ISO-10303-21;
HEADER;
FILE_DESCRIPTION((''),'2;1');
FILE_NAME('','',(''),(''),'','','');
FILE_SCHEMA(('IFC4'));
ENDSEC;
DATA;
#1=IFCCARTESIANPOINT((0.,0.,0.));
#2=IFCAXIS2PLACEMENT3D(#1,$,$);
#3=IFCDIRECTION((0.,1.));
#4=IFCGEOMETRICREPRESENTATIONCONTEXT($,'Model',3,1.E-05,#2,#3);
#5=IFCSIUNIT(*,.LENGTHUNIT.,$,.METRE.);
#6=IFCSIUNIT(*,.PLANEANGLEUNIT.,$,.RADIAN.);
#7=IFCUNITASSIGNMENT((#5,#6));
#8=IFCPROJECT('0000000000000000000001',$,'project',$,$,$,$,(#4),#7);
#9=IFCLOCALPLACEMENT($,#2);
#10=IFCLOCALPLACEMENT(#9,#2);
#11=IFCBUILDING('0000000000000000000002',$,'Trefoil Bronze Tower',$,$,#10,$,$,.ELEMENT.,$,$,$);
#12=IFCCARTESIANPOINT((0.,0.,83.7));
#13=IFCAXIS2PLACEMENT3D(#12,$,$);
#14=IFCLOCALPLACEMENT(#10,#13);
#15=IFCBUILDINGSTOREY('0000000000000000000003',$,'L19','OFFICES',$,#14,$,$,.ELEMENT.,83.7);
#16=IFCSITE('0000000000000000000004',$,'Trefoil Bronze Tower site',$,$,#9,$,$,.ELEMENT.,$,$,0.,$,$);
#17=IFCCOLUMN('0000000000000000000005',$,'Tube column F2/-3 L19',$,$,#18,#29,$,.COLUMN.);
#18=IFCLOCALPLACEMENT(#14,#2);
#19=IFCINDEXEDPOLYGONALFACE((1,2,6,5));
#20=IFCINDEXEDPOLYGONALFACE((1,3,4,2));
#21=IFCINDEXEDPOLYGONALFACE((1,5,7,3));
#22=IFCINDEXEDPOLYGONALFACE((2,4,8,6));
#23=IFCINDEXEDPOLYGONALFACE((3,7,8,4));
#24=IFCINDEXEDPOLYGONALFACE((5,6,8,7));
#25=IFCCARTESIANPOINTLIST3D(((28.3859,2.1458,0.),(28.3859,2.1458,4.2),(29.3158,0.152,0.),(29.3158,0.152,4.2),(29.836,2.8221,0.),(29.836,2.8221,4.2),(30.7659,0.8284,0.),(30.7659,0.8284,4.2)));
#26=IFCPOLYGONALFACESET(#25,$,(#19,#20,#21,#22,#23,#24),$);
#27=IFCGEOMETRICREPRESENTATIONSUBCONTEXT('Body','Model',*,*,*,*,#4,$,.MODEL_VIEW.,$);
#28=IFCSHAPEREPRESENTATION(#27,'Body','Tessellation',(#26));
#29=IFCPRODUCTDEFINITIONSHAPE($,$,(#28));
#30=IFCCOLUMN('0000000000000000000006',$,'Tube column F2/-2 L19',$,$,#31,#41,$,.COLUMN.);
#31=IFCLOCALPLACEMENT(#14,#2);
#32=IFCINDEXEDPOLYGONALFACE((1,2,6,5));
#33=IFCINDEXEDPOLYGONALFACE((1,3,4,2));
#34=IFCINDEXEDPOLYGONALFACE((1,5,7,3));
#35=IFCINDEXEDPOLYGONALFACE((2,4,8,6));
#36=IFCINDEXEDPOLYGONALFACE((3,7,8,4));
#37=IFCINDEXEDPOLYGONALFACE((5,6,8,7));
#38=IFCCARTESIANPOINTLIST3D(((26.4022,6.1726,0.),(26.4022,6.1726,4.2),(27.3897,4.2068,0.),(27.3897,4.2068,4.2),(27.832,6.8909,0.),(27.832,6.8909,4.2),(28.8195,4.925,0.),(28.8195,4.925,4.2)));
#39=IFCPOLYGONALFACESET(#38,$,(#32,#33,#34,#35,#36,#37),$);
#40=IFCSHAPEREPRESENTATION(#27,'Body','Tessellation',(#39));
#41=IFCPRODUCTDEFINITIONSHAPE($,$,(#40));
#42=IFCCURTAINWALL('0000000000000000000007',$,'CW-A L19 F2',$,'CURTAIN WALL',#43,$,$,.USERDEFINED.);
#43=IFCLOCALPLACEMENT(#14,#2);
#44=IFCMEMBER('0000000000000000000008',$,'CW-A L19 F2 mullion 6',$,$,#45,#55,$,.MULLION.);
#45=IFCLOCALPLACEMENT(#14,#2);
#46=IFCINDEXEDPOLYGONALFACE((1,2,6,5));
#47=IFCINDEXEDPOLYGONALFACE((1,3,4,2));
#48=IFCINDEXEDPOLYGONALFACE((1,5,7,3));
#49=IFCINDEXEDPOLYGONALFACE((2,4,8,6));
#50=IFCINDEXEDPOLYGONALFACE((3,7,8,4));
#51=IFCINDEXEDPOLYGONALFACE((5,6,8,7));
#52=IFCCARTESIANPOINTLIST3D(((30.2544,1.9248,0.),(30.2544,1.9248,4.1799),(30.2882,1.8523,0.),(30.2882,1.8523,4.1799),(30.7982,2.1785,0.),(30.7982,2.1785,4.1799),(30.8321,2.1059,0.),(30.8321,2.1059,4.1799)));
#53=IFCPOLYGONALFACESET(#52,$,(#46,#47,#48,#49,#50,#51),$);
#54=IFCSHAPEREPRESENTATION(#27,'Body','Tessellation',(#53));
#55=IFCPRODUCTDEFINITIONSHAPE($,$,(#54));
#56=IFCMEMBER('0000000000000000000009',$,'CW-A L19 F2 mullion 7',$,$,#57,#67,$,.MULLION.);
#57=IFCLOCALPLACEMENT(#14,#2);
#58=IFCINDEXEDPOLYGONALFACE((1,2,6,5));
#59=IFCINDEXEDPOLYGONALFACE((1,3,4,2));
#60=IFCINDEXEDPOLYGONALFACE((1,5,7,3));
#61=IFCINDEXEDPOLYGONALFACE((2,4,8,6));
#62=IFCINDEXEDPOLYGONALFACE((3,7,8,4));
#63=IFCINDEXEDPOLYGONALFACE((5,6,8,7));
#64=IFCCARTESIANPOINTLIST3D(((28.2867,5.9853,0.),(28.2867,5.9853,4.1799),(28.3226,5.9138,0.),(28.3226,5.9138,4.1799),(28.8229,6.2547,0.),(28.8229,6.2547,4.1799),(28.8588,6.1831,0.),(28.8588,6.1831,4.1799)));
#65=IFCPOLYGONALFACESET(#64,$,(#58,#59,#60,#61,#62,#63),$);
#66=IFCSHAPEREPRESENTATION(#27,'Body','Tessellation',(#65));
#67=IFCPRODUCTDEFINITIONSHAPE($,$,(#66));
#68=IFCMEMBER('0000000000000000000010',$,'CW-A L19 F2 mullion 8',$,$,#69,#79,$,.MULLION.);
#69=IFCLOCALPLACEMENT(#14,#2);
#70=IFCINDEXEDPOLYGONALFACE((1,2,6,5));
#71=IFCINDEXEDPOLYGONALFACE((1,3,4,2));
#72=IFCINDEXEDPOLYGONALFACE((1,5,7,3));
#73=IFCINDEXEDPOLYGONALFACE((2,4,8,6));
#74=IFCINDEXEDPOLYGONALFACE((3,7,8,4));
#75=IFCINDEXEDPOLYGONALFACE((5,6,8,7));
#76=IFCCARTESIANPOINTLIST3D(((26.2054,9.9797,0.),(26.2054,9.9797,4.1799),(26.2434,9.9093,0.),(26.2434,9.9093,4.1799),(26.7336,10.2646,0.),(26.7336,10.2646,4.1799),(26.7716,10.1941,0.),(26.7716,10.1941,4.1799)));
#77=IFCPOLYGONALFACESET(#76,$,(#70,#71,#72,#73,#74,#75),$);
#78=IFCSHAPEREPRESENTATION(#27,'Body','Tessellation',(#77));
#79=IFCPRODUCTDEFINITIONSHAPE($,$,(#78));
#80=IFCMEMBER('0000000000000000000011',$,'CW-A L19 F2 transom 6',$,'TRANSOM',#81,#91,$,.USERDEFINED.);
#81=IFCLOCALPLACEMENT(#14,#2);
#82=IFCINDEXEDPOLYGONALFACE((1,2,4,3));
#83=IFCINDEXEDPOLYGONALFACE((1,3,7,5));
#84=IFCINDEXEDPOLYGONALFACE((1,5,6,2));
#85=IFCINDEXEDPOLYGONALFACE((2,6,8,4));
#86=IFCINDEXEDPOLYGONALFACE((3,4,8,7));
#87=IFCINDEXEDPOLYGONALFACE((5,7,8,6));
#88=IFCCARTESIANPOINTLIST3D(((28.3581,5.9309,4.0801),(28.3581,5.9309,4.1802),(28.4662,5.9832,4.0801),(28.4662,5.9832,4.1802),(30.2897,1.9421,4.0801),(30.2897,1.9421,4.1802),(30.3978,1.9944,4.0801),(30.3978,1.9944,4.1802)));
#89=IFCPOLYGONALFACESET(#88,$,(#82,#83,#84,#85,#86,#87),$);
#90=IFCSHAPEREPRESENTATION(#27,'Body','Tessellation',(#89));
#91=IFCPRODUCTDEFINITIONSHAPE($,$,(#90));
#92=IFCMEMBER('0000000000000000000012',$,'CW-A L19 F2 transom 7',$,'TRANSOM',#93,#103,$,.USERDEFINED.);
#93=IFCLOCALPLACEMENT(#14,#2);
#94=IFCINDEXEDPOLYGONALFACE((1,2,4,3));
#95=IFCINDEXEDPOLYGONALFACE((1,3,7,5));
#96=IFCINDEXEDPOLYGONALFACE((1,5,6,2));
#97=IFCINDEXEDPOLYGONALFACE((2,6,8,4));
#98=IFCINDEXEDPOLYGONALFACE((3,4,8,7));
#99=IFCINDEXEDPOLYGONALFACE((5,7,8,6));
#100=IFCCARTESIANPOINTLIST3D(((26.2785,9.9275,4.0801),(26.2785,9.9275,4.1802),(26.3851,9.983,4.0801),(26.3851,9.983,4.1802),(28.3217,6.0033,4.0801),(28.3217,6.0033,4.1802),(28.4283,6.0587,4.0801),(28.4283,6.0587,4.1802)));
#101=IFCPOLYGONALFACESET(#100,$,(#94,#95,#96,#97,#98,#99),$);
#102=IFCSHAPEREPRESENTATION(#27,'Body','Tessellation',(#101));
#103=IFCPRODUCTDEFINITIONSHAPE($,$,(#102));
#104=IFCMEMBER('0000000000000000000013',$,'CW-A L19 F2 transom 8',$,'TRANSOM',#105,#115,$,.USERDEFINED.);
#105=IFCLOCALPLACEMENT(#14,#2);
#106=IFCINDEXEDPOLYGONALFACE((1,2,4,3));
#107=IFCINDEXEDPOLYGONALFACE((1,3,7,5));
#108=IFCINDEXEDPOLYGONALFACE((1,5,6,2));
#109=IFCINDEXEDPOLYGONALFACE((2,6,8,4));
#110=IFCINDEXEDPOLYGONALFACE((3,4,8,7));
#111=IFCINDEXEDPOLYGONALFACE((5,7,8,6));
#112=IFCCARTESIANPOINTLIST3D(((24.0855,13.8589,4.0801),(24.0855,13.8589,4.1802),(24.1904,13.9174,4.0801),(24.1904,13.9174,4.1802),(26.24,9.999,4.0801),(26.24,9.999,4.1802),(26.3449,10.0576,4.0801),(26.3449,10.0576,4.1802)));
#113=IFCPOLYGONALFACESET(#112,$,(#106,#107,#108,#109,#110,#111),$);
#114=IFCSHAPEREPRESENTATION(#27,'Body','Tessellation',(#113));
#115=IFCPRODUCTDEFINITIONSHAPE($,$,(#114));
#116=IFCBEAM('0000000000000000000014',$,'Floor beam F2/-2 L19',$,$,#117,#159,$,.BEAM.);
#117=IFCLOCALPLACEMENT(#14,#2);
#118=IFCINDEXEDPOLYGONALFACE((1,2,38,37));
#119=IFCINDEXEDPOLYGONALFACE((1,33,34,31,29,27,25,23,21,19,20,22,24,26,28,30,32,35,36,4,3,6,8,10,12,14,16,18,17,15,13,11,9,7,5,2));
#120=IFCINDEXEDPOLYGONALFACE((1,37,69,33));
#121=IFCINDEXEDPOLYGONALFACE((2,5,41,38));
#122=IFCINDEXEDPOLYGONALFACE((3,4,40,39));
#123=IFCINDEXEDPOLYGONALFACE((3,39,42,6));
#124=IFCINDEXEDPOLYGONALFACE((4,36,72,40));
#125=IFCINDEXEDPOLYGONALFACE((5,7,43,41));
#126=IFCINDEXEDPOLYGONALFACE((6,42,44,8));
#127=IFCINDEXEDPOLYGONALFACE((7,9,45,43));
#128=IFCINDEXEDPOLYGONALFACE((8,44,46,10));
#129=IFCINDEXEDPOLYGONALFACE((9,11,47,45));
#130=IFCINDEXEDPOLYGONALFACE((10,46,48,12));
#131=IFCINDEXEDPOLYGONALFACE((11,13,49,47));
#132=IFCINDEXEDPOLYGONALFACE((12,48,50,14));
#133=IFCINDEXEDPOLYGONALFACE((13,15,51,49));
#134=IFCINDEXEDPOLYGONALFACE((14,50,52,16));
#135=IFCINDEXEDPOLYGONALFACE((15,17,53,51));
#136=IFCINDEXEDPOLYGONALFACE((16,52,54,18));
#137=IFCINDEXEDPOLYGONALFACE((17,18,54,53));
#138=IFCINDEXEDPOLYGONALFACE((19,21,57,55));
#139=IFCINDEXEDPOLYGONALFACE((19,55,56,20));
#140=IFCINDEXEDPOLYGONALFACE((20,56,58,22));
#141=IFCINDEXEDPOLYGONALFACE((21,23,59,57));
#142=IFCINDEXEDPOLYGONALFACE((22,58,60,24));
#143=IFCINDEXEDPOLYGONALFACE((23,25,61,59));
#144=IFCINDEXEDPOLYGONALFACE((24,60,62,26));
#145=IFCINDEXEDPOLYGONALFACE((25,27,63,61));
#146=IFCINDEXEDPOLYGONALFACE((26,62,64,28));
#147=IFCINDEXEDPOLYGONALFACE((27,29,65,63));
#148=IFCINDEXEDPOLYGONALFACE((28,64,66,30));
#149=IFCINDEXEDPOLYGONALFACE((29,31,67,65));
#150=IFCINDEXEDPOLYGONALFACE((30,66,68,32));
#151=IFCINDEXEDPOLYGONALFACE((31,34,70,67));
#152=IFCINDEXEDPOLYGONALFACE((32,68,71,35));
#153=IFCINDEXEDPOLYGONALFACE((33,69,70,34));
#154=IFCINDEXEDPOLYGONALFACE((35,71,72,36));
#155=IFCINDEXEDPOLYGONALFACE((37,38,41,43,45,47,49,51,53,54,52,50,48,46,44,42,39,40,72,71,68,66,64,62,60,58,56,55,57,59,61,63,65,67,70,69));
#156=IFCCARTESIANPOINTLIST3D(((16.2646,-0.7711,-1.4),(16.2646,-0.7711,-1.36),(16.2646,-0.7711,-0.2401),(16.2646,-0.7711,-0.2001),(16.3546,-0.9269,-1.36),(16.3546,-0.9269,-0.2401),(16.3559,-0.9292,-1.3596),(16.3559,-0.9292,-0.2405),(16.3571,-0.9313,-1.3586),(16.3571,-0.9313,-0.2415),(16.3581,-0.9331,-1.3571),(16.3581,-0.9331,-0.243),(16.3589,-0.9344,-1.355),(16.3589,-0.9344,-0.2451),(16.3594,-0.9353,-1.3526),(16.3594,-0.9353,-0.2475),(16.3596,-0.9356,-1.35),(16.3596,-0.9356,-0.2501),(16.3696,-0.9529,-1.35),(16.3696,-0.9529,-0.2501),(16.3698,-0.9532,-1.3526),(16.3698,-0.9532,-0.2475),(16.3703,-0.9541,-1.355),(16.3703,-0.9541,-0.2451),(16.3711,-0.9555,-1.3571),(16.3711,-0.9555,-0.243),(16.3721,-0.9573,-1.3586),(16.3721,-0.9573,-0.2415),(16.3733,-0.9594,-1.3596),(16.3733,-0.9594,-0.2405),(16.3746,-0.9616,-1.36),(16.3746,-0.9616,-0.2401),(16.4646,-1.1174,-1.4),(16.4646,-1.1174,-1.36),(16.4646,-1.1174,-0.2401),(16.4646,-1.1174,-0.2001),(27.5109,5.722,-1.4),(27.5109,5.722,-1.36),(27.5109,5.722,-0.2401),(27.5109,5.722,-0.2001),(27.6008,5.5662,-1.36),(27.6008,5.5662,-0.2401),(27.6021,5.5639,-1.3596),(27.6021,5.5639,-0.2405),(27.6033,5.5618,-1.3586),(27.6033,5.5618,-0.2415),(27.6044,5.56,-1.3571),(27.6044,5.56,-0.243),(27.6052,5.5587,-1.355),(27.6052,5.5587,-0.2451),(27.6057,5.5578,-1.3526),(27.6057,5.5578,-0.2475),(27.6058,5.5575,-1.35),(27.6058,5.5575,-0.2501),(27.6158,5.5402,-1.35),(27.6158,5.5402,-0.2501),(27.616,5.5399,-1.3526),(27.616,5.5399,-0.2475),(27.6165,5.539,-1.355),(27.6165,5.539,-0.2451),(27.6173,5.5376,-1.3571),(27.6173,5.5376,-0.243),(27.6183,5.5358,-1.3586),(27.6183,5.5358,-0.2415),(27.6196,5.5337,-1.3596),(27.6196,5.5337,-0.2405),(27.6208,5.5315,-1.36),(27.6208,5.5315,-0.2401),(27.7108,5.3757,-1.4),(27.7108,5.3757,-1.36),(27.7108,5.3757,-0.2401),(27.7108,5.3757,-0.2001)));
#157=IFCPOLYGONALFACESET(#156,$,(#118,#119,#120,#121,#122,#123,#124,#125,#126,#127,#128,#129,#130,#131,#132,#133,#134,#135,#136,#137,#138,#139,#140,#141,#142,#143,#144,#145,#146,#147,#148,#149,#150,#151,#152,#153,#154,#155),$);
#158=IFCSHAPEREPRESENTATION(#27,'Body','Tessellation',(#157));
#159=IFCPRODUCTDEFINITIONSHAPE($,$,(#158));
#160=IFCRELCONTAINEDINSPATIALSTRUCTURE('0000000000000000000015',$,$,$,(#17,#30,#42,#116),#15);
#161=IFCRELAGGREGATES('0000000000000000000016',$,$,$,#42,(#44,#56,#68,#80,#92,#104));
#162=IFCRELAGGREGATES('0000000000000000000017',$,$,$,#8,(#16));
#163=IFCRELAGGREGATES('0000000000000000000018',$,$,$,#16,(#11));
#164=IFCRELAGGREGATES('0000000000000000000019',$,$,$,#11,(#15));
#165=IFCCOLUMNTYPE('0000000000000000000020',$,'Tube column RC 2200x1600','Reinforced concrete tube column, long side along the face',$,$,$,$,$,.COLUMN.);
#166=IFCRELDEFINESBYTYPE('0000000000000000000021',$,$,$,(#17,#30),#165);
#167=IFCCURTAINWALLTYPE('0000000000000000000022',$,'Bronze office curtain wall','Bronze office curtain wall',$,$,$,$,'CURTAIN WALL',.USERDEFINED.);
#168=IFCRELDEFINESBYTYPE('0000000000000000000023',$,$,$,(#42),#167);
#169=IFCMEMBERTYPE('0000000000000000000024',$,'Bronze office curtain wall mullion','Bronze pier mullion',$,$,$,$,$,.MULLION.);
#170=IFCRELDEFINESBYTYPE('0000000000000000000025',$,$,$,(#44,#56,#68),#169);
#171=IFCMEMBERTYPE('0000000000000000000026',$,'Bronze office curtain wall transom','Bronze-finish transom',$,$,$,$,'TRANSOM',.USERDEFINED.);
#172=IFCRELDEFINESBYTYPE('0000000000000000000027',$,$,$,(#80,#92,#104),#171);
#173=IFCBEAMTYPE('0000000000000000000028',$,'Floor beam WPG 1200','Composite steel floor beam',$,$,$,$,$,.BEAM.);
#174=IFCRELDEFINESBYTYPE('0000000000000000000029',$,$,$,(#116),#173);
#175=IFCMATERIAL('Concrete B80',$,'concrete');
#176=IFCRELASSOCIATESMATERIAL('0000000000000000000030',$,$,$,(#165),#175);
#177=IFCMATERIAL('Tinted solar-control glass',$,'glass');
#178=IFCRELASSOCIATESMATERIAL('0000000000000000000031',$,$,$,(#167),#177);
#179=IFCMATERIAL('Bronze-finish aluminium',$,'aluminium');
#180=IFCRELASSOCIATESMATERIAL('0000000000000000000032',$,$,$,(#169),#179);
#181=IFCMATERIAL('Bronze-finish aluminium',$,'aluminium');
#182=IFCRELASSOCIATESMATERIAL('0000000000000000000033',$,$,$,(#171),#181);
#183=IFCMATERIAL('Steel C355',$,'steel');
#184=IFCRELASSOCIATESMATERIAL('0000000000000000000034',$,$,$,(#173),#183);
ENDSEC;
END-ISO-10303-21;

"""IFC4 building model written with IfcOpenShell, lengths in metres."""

from ifc_helpers import new_model, si_unit, direction, frame, origin, origin_2d, place, context, subcontext, project, spatial, rectangle, i_section, extrude, material, material_profile, profile_set, type_object, element, aggregate, save


model = new_model("IFC4")

# Units and contexts
model_context = context("Model", 3, precision=1e-05, world=origin(), true_north=direction((0.0, 1.0)))
body_context = subcontext(model_context, "Body", "Model", "MODEL_VIEW")
ifc_project = project(units=[si_unit("LENGTHUNIT", "METRE"), si_unit("PLANEANGLEUNIT", "RADIAN")], contexts=[model_context])

# Site, building, storey
site_placement = place(None, origin())
site = spatial("IfcSite", under=ifc_project, at=site_placement, Name="Trefoil Bronze Tower site", CompositionType="ELEMENT", RefElevation=0.0)
building_placement = place(site_placement, origin())
building = spatial("IfcBuilding", under=site, at=building_placement, Name="Trefoil Bronze Tower", CompositionType="ELEMENT")
storey_placement = place(building_placement, frame((0.0, 0.0, 83.7)))
storey = spatial("IfcBuildingStorey", under=building, at=storey_placement, Name="L19", Description="OFFICES", CompositionType="ELEMENT", Elevation=83.7)

# Columns
ifc_material_1 = material(Name="Concrete B80", Category="concrete")
ifc_material_profile_1 = material_profile(ifc_material_1, rectangle(XDim=2.2, YDim=1.6001, at=origin_2d()), Name="RC 2200x1600")
ifc_profile_set_1 = profile_set([ifc_material_profile_1], Name="Concrete B80")
column_type = type_object("IfcColumnType", Name="Tube column RC 2200x1600", Description="Reinforced concrete tube column, long side along the face", PredefinedType="COLUMN", material=ifc_profile_set_1)
for number, where, z_axis, x_axis, name in (
    (1, (29.5759, 1.4871, 0.0), (0.0, 0.0, 1.0), (-0.422701, 0.906269, 0.0), "Tube column F2/-3 L19"),
    (2, (27.6108, 5.5488, 0.0), (0.0, 0.0, 1.0), (-0.44889, 0.893587, 0.0), "Tube column F2/-2 L19"),
):
    element("IfcColumn", number, at=place(storey_placement, frame(where, z_axis=z_axis, x_axis=x_axis)), inside=storey, type_object=column_type, Name=name, PredefinedType="COLUMN", context=body_context, shape_type="SweptSolid", body=[
        extrude(rectangle(XDim=2.2, YDim=1.6001, at=origin_2d()), origin(), (0.0, 0.0, 1.0), 4.2),
    ])

# Curtain wall, members
ifc_material_2 = material(Name="Tinted solar-control glass", Category="glass")
curtain_wall_type = type_object("IfcCurtainWallType", Name="Bronze office curtain wall", Description="Bronze office curtain wall", ElementType="CURTAIN WALL", PredefinedType="USERDEFINED", material=ifc_material_2)
curtain_wall_placement = place(storey_placement, origin())
curtain_wall = element("IfcCurtainWall", 3, at=curtain_wall_placement, inside=storey, type_object=curtain_wall_type, Name="CW-A L19 F2", ObjectType="CURTAIN WALL", PredefinedType="USERDEFINED")
ifc_material_3 = material(Name="Bronze-finish aluminium", Category="aluminium")
ifc_material_profile_2 = material_profile(ifc_material_3, rectangle(XDim=0.6001, YDim=0.0801, at=origin_2d()), Name="CW-A mullion")
ifc_profile_set_2 = profile_set([ifc_material_profile_2], Name="Bronze-finish aluminium")
member_type_1 = type_object("IfcMemberType", Name="Bronze office curtain wall mullion", Description="Bronze pier mullion", PredefinedType="MULLION", material=ifc_profile_set_2)
member_1_placement = place(storey_placement, frame((30.5432, 2.0154, 0.0), z_axis=(0.0, 0.0, 1.0), x_axis=(-0.906269, -0.422701, 0.0)))
member_1 = element("IfcMember", 4, at=member_1_placement, type_object=member_type_1, Name="CW-A L19 F2 mullion 6", PredefinedType="MULLION", context=body_context, shape_type="SweptSolid", body=[
    extrude(rectangle(XDim=0.6001, YDim=0.0801, at=origin_2d()), origin(), (0.0, 0.0, 1.0), 4.1799),
])
member_2_placement = place(storey_placement, frame((28.5728, 6.0842, 0.0), z_axis=(0.0, 0.0, 1.0), x_axis=(-0.893587, -0.44889, 0.0)))
member_2 = element("IfcMember", 5, at=member_2_placement, type_object=member_type_1, Name="CW-A L19 F2 mullion 7", PredefinedType="MULLION", context=body_context, shape_type="SweptSolid", body=[
    extrude(rectangle(XDim=0.6001, YDim=0.0801, at=origin_2d()), origin(), (0.0, 0.0, 1.0), 4.1799),
])
member_3_placement = place(storey_placement, frame((26.4885, 10.0869, 0.0), z_axis=(0.0, 0.0, 1.0), x_axis=(-0.880171, -0.474656, 0.0)))
member_3 = element("IfcMember", 6, at=member_3_placement, type_object=member_type_1, Name="CW-A L19 F2 mullion 8", PredefinedType="MULLION", context=body_context, shape_type="SweptSolid", body=[
    extrude(rectangle(XDim=0.6001, YDim=0.0801, at=origin_2d()), origin(), (0.0, 0.0, 1.0), 4.1799),
])
ifc_material_4 = material(Name="Bronze-finish aluminium", Category="aluminium")
ifc_material_profile_3 = material_profile(ifc_material_4, rectangle(XDim=0.1201, YDim=0.1001, at=origin_2d()), Name="CW-A transom")
ifc_profile_set_3 = profile_set([ifc_material_profile_3], Name="Bronze-finish aluminium")
member_type_2 = type_object("IfcMemberType", Name="Bronze office curtain wall transom", Description="Bronze-finish transom", ElementType="TRANSOM", PredefinedType="USERDEFINED", material=ifc_profile_set_3)
member_4_placement = place(storey_placement, frame((30.3438, 1.9683, 4.1301), z_axis=(-0.435852, 0.900018, 0.0), x_axis=(-0.900018, -0.435852, 0.0)))
member_4 = element("IfcMember", 7, at=member_4_placement, type_object=member_type_2, Name="CW-A L19 F2 transom 6", ObjectType="TRANSOM", PredefinedType="USERDEFINED", context=body_context, shape_type="SweptSolid", body=[
    extrude(rectangle(XDim=0.1201, YDim=0.1001, at=origin_2d()), origin(), (0.0, 0.0, 1.0), 4.4319),
])
member_5_placement = place(storey_placement, frame((28.375, 6.031, 4.1301), z_axis=(-0.46181, 0.886979, 0.0), x_axis=(-0.886979, -0.46181, 0.0)))
member_5 = element("IfcMember", 8, at=member_5_placement, type_object=member_type_2, Name="CW-A L19 F2 transom 7", ObjectType="TRANSOM", PredefinedType="USERDEFINED", context=body_context, shape_type="SweptSolid", body=[
    extrude(rectangle(XDim=0.1201, YDim=0.1001, at=origin_2d()), origin(), (0.0, 0.0, 1.0), 4.4243),
])
member_6_placement = place(storey_placement, frame((26.2925, 10.0283, 4.1301), z_axis=(-0.4874, 0.873179, 0.0), x_axis=(-0.873179, -0.4874, 0.0)))
member_6 = element("IfcMember", 9, at=member_6_placement, type_object=member_type_2, Name="CW-A L19 F2 transom 8", ObjectType="TRANSOM", PredefinedType="USERDEFINED", context=body_context, shape_type="SweptSolid", body=[
    extrude(rectangle(XDim=0.1201, YDim=0.1001, at=origin_2d()), origin(), (0.0, 0.0, 1.0), 4.4204),
])

# Beam
ifc_material_5 = material(Name="Steel C355", Category="steel")
ifc_material_profile_4 = material_profile(ifc_material_5, i_section(OverallWidth=0.3999, OverallDepth=1.2, WebThickness=0.02, FlangeThickness=0.04, FilletRadius=0.01, at=origin_2d()), Name="WPG 1200")
ifc_profile_set_4 = profile_set([ifc_material_profile_4], Name="Steel C355")
beam_type_1 = type_object("IfcBeamType", Name="Floor beam WPG 1200", Description="Composite steel floor beam", PredefinedType="BEAM", material=ifc_profile_set_4)
beam_1_placement = place(storey_placement, frame((27.6108, 5.5488, -0.8), z_axis=(-0.866022, -0.500005, 0.0), x_axis=(0.500005, -0.866022, 0.0)))
element("IfcBeam", 10, at=beam_1_placement, inside=storey, type_object=beam_type_1, Name="Floor beam F2/-2 L19", PredefinedType="BEAM", context=body_context, shape_type="SweptSolid", body=[
    extrude(i_section(OverallWidth=0.3999, OverallDepth=1.2, WebThickness=0.02, FlangeThickness=0.04, FilletRadius=0.01, at=origin_2d()), origin(), (0.0, 0.0, 1.0), 12.9861),
])

aggregate(curtain_wall, [member_1, member_2, member_3, member_4, member_5, member_6])

save(model, "model.ifc")
